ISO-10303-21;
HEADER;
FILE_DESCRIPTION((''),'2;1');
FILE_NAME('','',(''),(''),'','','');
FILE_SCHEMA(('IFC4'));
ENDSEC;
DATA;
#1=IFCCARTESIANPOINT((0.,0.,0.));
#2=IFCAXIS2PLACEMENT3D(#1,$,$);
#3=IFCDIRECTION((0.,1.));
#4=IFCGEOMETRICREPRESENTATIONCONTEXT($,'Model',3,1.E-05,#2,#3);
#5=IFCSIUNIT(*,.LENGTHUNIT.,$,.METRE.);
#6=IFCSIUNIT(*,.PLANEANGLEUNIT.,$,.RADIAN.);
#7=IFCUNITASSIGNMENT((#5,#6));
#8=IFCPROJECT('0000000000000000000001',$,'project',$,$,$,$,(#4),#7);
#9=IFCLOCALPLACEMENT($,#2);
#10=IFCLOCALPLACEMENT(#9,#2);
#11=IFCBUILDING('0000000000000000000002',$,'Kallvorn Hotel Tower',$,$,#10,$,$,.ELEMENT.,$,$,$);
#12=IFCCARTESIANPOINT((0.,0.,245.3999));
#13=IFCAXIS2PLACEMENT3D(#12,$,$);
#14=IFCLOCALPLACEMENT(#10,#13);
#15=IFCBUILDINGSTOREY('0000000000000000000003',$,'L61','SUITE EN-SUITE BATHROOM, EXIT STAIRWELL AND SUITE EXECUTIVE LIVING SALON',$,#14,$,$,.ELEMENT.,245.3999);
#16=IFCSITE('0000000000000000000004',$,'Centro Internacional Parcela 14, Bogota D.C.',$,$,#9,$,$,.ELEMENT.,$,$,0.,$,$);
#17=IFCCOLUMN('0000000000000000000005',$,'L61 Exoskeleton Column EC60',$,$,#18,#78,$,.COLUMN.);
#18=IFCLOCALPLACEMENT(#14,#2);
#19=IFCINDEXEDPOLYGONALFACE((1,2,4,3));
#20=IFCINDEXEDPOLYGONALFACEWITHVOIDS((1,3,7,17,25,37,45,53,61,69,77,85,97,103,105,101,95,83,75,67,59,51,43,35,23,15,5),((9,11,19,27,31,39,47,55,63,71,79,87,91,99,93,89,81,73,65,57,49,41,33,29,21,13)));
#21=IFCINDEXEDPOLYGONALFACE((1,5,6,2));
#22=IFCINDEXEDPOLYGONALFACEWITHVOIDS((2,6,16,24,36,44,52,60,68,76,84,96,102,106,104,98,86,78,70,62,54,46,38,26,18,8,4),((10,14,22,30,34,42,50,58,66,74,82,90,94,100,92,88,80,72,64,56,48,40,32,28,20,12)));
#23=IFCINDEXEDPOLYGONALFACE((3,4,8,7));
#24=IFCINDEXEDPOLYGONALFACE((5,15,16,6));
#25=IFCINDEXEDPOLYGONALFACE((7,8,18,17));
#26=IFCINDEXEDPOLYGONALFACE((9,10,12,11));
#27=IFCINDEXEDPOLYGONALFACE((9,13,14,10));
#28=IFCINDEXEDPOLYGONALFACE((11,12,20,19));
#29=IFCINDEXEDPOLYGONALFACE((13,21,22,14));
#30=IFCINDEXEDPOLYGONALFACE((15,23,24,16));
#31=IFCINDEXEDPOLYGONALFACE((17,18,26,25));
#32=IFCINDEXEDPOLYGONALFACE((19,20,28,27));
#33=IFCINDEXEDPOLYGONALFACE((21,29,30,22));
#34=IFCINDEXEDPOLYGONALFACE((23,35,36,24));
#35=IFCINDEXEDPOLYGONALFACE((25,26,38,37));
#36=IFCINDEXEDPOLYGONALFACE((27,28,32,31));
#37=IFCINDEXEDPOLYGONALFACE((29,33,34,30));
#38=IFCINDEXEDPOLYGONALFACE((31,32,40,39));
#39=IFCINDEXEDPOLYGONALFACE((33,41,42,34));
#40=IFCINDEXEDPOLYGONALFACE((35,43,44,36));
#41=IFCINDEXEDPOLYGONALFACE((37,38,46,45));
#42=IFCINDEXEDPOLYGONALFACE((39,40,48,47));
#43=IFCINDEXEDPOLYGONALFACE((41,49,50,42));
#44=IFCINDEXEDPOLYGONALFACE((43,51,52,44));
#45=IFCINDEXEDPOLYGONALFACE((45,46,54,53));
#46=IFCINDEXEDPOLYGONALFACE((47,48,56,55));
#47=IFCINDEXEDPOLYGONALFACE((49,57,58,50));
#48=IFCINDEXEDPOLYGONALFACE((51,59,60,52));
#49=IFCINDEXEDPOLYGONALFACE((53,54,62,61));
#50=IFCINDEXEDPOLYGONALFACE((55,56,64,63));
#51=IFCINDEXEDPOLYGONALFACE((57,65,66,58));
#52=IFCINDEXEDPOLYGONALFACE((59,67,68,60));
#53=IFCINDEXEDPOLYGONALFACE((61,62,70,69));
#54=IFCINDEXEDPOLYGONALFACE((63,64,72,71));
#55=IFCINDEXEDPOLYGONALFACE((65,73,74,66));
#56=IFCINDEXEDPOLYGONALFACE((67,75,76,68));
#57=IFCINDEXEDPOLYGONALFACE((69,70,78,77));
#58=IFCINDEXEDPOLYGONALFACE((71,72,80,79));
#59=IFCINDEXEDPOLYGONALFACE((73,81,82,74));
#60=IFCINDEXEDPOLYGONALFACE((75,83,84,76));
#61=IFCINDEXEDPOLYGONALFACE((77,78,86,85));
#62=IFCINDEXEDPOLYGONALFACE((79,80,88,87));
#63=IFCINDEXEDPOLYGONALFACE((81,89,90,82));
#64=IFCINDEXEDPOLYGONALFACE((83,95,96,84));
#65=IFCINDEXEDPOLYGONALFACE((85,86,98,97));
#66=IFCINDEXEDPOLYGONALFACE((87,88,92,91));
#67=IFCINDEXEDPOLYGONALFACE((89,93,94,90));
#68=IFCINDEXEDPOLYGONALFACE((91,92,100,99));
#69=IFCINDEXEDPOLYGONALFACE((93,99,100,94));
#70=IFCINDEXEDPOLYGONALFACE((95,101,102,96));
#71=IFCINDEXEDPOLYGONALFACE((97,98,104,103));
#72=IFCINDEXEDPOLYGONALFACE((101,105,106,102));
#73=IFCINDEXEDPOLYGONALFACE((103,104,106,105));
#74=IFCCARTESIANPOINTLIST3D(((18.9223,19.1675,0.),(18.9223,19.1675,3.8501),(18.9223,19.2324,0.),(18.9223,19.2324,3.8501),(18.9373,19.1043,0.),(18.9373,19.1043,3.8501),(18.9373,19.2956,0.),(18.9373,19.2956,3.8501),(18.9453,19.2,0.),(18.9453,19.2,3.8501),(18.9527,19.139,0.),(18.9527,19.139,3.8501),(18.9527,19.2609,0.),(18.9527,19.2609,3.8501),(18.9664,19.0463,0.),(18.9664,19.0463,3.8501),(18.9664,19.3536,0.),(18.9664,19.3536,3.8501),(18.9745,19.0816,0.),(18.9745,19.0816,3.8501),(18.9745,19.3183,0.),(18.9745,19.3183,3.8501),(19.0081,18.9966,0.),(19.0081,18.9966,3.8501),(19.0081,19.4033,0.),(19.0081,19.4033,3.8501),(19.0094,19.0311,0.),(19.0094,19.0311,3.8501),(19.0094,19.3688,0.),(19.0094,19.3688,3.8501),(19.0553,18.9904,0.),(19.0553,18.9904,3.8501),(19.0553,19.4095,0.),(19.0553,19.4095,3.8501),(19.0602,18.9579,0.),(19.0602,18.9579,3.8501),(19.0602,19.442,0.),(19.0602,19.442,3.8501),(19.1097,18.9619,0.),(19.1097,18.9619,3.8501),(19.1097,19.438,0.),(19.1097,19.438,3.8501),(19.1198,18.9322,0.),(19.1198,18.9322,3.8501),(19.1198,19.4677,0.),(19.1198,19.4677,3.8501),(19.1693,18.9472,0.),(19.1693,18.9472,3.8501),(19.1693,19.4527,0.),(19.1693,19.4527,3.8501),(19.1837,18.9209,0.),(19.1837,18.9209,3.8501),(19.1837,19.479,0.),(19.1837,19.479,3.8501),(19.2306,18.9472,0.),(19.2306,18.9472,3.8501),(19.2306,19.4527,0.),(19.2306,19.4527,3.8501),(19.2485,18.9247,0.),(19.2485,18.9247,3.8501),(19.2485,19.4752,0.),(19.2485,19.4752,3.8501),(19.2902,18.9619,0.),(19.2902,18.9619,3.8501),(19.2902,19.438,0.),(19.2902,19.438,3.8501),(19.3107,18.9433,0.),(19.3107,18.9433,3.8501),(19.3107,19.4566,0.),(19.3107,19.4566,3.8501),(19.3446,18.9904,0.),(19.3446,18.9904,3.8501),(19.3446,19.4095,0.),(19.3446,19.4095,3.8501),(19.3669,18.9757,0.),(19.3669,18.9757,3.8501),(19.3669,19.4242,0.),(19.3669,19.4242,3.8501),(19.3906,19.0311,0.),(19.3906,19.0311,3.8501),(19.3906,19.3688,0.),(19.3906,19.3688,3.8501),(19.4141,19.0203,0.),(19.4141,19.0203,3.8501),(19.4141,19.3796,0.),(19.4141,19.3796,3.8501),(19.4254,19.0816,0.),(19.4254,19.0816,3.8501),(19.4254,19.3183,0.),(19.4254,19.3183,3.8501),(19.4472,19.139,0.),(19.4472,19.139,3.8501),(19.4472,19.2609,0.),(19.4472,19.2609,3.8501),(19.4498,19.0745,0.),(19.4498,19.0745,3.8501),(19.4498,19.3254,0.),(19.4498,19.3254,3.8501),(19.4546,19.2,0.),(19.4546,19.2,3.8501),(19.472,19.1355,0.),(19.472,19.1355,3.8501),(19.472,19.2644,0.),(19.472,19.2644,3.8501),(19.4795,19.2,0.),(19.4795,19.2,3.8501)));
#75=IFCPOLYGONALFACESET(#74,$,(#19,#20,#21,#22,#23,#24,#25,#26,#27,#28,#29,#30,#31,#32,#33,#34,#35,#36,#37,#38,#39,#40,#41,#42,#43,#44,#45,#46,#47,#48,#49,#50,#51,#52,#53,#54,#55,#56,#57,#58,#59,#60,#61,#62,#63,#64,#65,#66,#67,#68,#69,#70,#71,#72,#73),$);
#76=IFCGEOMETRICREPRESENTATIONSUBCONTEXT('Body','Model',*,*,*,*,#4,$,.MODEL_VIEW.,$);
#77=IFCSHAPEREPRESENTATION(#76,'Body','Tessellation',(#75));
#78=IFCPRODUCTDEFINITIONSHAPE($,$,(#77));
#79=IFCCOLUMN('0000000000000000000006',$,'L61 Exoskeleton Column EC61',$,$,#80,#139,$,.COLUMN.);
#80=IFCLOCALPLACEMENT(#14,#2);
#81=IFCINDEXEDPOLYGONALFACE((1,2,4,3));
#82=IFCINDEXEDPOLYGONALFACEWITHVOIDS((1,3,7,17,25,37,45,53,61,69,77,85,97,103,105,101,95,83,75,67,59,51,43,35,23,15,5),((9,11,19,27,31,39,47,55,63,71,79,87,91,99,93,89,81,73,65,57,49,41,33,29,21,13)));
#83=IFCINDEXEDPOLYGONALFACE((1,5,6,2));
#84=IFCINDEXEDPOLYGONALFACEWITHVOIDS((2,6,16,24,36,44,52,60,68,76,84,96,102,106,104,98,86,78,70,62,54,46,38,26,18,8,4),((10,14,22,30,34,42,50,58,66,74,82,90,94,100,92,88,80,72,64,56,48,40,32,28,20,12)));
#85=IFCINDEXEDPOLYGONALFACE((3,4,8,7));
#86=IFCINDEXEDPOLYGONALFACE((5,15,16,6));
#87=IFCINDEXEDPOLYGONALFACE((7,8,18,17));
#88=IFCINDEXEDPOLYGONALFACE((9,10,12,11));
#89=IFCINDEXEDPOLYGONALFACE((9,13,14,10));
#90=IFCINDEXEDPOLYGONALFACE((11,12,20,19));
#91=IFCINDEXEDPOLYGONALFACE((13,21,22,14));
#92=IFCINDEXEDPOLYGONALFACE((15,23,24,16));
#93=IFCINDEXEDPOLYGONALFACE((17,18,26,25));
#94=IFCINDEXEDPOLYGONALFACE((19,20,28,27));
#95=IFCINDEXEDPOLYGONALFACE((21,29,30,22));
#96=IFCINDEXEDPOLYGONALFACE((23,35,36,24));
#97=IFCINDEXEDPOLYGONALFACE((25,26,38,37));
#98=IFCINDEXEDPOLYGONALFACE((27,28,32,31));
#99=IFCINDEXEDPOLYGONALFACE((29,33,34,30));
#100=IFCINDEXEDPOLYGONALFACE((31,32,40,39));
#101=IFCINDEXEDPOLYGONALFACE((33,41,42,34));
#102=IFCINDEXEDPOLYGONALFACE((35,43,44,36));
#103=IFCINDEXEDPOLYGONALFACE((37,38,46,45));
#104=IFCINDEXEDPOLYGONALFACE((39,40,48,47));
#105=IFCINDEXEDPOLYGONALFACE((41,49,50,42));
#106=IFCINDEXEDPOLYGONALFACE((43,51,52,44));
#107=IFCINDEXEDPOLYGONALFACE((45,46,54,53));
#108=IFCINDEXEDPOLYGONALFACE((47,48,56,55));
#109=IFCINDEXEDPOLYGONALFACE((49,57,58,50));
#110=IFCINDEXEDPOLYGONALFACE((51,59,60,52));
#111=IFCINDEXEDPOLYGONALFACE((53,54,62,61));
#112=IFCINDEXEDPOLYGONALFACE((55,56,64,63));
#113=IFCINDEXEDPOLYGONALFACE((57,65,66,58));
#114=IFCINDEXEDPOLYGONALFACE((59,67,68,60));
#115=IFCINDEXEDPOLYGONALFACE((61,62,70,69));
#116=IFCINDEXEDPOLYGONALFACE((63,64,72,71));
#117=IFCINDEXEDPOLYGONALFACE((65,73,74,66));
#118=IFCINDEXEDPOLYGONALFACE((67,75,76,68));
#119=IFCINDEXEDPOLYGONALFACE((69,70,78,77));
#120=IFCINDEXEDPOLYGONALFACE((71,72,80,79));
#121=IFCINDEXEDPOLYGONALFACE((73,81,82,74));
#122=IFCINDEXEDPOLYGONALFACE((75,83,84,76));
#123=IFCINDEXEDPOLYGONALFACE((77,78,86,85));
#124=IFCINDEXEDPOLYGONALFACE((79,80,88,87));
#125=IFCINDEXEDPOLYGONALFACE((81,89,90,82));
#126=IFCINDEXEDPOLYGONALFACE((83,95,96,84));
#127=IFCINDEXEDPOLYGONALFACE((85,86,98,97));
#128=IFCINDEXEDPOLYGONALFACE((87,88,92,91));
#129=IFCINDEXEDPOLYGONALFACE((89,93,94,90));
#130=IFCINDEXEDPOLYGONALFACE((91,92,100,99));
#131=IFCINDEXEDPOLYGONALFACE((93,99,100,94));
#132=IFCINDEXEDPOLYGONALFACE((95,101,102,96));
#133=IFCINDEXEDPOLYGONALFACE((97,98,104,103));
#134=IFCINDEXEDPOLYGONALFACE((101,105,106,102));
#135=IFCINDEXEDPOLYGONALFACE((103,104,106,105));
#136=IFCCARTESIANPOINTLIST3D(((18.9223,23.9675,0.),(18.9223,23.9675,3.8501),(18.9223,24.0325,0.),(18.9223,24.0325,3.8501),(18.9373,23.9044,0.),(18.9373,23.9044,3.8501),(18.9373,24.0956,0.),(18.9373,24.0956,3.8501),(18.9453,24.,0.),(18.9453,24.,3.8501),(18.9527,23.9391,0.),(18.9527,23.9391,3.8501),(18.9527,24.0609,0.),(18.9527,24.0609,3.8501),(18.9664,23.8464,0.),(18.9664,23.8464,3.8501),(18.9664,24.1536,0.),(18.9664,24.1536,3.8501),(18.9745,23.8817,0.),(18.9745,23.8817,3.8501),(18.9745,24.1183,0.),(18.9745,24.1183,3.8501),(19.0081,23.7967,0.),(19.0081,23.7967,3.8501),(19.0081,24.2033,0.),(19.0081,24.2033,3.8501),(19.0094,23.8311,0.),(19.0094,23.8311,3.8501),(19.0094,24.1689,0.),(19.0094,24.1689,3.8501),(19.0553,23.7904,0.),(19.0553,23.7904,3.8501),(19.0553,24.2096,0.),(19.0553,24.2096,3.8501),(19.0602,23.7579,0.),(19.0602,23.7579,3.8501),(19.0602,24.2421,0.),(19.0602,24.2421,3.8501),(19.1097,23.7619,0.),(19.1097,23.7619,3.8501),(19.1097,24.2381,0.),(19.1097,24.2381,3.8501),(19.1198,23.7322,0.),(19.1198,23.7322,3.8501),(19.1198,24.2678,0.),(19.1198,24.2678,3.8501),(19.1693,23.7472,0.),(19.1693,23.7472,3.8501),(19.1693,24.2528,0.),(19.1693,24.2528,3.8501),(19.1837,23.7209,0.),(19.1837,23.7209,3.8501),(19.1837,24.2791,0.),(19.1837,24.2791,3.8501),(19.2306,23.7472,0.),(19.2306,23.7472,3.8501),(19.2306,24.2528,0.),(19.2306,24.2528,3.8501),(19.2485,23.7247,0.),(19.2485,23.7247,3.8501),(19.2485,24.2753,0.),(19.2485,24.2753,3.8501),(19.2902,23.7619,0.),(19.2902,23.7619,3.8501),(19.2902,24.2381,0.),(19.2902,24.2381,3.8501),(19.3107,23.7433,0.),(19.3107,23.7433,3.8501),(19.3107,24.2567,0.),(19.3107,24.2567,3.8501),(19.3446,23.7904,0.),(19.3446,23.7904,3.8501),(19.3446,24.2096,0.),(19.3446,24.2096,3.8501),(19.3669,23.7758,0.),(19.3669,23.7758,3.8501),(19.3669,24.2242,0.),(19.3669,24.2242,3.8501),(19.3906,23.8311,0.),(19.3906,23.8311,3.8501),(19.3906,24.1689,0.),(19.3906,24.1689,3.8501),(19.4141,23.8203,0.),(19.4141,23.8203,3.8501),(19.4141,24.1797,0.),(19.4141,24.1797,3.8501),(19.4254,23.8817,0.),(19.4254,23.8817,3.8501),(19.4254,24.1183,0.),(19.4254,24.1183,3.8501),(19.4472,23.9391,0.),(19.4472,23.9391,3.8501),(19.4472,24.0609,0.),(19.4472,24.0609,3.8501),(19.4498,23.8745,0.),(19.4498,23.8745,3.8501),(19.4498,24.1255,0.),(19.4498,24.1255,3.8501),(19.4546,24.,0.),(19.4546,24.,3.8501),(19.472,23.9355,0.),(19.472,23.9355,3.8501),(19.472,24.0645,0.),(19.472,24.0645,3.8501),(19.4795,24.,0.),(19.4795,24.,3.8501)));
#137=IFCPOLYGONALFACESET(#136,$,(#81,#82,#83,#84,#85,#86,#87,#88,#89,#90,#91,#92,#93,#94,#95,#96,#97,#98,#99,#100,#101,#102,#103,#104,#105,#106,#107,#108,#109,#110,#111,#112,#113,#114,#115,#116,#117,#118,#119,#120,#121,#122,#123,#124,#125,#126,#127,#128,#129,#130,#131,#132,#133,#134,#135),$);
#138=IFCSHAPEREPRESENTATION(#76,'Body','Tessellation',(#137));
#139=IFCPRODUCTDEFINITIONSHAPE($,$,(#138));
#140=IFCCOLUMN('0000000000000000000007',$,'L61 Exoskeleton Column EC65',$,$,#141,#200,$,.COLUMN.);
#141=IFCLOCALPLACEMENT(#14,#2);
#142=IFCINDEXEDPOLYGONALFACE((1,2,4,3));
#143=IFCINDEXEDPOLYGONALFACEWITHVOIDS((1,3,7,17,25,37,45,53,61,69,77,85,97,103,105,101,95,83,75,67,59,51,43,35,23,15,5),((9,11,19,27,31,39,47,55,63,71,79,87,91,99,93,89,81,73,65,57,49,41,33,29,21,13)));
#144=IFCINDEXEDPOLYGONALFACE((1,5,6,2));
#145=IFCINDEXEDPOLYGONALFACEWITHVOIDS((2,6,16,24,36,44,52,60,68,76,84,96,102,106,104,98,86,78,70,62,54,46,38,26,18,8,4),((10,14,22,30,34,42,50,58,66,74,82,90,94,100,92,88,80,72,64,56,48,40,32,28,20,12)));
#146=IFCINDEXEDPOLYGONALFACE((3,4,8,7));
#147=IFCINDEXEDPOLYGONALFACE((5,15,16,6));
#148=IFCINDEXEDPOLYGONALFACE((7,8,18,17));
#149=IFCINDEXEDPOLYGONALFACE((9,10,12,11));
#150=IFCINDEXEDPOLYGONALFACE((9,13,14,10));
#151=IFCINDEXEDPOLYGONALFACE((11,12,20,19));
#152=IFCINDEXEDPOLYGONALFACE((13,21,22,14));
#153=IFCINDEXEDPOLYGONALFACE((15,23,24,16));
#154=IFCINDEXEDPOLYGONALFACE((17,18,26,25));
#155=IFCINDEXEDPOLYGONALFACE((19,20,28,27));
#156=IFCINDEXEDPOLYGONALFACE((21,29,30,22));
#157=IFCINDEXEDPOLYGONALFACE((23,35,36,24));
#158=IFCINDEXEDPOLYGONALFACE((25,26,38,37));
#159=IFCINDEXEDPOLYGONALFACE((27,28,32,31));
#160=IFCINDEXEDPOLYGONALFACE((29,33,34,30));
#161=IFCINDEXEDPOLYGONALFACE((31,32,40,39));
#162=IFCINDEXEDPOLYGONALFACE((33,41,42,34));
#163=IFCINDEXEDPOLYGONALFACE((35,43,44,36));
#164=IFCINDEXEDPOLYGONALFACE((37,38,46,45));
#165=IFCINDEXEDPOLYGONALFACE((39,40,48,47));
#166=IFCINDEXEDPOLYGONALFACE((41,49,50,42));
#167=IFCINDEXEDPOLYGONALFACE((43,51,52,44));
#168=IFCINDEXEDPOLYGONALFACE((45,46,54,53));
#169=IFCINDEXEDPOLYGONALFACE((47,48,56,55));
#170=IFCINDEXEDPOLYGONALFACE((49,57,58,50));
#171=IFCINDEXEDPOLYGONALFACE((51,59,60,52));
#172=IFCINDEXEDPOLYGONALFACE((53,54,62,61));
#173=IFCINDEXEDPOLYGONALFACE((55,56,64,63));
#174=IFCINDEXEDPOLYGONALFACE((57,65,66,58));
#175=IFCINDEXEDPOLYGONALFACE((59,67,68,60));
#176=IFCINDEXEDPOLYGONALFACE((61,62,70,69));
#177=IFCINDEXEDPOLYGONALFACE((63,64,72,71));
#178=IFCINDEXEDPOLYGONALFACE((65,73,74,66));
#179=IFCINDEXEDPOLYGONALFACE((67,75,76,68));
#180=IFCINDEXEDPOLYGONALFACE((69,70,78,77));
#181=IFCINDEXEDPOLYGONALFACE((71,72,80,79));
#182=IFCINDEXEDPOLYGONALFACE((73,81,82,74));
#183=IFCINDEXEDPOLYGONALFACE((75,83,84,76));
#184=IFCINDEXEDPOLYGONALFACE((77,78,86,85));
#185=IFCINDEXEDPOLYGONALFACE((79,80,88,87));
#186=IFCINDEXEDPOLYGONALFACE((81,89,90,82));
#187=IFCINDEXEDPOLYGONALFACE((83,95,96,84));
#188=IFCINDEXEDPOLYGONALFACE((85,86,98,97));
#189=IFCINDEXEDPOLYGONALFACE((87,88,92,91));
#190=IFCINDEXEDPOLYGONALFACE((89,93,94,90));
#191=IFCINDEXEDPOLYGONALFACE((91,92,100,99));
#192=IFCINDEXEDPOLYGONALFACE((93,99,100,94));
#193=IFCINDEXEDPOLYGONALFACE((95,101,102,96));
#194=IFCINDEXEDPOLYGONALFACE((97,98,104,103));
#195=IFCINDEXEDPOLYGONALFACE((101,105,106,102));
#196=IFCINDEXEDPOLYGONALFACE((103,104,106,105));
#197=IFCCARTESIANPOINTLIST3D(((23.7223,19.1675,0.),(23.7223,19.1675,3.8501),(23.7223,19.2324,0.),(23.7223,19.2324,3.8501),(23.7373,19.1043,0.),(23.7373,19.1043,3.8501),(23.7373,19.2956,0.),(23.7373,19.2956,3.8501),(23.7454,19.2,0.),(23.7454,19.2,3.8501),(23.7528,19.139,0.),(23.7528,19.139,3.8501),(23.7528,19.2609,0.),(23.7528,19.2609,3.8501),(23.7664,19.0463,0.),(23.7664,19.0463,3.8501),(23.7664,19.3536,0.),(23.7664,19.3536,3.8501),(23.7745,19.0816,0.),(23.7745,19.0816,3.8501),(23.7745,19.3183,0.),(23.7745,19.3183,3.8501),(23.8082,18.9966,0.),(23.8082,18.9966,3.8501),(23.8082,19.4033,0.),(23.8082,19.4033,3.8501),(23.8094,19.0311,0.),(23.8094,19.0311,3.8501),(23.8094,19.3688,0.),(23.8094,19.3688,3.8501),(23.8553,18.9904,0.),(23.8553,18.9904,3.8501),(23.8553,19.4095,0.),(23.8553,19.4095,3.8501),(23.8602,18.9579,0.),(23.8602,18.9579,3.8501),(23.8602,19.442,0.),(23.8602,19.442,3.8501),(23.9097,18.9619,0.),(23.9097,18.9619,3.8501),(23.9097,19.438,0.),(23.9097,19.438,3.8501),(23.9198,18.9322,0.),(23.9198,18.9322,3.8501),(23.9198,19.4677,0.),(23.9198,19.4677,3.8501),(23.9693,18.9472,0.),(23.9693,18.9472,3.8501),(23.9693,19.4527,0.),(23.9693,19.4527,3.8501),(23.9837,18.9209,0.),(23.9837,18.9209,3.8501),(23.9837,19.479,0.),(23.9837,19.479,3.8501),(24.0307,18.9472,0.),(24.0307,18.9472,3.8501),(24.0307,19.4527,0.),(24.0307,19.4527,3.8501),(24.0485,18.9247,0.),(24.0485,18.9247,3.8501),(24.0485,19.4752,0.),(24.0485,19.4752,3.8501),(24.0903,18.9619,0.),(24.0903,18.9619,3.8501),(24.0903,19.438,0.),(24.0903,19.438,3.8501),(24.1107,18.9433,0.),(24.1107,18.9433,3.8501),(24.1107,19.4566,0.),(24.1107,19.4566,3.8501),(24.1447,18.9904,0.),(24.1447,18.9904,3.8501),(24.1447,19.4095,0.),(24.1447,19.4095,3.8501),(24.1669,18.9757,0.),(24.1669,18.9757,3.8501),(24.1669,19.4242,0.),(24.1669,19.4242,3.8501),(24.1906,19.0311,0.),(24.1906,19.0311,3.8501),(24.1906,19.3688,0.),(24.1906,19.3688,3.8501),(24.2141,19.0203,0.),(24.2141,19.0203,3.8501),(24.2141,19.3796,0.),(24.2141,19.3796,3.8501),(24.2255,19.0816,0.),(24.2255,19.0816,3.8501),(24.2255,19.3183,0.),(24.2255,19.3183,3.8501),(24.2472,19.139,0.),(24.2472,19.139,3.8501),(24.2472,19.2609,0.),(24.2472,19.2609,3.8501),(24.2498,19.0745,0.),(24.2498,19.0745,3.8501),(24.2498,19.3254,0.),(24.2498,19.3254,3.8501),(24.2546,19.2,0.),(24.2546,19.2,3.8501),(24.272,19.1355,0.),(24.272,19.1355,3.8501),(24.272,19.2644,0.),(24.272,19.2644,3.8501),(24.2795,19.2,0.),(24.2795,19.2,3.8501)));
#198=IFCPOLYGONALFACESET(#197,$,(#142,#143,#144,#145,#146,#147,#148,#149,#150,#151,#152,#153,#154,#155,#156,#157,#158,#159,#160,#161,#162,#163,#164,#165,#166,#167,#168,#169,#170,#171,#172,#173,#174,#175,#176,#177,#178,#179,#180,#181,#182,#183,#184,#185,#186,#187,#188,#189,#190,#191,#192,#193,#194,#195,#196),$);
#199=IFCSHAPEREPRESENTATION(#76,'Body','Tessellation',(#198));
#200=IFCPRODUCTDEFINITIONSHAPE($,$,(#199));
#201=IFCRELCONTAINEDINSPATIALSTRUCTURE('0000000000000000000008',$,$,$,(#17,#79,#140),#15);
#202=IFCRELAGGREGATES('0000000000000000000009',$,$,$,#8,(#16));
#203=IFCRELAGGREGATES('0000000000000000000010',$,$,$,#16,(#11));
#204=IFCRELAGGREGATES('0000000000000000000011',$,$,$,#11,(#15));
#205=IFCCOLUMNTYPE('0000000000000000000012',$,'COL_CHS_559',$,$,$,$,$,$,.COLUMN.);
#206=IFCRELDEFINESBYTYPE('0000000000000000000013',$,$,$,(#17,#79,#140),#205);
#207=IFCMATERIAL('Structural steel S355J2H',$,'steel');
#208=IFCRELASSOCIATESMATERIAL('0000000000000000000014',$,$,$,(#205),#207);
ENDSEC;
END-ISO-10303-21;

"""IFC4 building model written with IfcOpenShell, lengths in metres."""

from ifc_helpers import new_model, si_unit, direction, frame, origin, origin_2d, place, context, subcontext, project, spatial, hollow_circle, extrude, material, material_profile, profile_set, type_object, element, save


model = new_model("IFC4")

# Units and contexts
model_context = context("Model", 3, precision=1e-05, world=origin(), true_north=direction((0.0, 1.0)))
body_context = subcontext(model_context, "Body", "Model", "MODEL_VIEW")
ifc_project = project(units=[si_unit("LENGTHUNIT", "METRE"), si_unit("PLANEANGLEUNIT", "RADIAN")], contexts=[model_context])

# Site, building, storey
site_placement = place(None, origin())
site = spatial("IfcSite", under=ifc_project, at=site_placement, Name="Centro Internacional Parcela 14, Bogota D.C.", CompositionType="ELEMENT", RefElevation=0.0)
building_placement = place(site_placement, origin())
building = spatial("IfcBuilding", under=site, at=building_placement, Name="Kallvorn Hotel Tower", CompositionType="ELEMENT")
storey_placement = place(building_placement, frame((0.0, 0.0, 245.3999)))
storey = spatial("IfcBuildingStorey", under=building, at=storey_placement, Name="L61", Description="SUITE EN-SUITE BATHROOM, EXIT STAIRWELL AND SUITE EXECUTIVE LIVING SALON", CompositionType="ELEMENT", Elevation=245.3999)

# Columns
ifc_material_1 = material(Name="Structural steel S355J2H", Category="steel")
ifc_material_profile_1 = material_profile(ifc_material_1, hollow_circle(Radius=0.2795, WallThickness=0.0249, at=origin_2d()), Name="CHS 559x25")
ifc_profile_set_1 = profile_set([ifc_material_profile_1], Name="Structural steel S355J2H")
column_type = type_object("IfcColumnType", Name="COL_CHS_559", PredefinedType="COLUMN", material=ifc_profile_set_1)
for number, where, z_axis, x_axis, name in (
    (1, (19.2, 19.2, 0.0), (0.0, 0.0, 1.0), (1.0, 0.0, 0.0), "L61 Exoskeleton Column EC60"),
    (2, (19.2, 24.0, 0.0), (0.0, 0.0, 1.0), (1.0, 0.0, 0.0), "L61 Exoskeleton Column EC61"),
    (3, (24.0, 19.2, 0.0), (0.0, 0.0, 1.0), (1.0, 0.0, 0.0), "L61 Exoskeleton Column EC65"),
):
    element("IfcColumn", number, at=place(storey_placement, frame(where, z_axis=z_axis, x_axis=x_axis)), inside=storey, type_object=column_type, Name=name, PredefinedType="COLUMN", context=body_context, shape_type="SweptSolid", body=[
        extrude(hollow_circle(Radius=0.2795, WallThickness=0.0249, at=origin_2d()), origin(), (0.0, 0.0, 1.0), 3.8501),
    ])

save(model, "model.ifc")
